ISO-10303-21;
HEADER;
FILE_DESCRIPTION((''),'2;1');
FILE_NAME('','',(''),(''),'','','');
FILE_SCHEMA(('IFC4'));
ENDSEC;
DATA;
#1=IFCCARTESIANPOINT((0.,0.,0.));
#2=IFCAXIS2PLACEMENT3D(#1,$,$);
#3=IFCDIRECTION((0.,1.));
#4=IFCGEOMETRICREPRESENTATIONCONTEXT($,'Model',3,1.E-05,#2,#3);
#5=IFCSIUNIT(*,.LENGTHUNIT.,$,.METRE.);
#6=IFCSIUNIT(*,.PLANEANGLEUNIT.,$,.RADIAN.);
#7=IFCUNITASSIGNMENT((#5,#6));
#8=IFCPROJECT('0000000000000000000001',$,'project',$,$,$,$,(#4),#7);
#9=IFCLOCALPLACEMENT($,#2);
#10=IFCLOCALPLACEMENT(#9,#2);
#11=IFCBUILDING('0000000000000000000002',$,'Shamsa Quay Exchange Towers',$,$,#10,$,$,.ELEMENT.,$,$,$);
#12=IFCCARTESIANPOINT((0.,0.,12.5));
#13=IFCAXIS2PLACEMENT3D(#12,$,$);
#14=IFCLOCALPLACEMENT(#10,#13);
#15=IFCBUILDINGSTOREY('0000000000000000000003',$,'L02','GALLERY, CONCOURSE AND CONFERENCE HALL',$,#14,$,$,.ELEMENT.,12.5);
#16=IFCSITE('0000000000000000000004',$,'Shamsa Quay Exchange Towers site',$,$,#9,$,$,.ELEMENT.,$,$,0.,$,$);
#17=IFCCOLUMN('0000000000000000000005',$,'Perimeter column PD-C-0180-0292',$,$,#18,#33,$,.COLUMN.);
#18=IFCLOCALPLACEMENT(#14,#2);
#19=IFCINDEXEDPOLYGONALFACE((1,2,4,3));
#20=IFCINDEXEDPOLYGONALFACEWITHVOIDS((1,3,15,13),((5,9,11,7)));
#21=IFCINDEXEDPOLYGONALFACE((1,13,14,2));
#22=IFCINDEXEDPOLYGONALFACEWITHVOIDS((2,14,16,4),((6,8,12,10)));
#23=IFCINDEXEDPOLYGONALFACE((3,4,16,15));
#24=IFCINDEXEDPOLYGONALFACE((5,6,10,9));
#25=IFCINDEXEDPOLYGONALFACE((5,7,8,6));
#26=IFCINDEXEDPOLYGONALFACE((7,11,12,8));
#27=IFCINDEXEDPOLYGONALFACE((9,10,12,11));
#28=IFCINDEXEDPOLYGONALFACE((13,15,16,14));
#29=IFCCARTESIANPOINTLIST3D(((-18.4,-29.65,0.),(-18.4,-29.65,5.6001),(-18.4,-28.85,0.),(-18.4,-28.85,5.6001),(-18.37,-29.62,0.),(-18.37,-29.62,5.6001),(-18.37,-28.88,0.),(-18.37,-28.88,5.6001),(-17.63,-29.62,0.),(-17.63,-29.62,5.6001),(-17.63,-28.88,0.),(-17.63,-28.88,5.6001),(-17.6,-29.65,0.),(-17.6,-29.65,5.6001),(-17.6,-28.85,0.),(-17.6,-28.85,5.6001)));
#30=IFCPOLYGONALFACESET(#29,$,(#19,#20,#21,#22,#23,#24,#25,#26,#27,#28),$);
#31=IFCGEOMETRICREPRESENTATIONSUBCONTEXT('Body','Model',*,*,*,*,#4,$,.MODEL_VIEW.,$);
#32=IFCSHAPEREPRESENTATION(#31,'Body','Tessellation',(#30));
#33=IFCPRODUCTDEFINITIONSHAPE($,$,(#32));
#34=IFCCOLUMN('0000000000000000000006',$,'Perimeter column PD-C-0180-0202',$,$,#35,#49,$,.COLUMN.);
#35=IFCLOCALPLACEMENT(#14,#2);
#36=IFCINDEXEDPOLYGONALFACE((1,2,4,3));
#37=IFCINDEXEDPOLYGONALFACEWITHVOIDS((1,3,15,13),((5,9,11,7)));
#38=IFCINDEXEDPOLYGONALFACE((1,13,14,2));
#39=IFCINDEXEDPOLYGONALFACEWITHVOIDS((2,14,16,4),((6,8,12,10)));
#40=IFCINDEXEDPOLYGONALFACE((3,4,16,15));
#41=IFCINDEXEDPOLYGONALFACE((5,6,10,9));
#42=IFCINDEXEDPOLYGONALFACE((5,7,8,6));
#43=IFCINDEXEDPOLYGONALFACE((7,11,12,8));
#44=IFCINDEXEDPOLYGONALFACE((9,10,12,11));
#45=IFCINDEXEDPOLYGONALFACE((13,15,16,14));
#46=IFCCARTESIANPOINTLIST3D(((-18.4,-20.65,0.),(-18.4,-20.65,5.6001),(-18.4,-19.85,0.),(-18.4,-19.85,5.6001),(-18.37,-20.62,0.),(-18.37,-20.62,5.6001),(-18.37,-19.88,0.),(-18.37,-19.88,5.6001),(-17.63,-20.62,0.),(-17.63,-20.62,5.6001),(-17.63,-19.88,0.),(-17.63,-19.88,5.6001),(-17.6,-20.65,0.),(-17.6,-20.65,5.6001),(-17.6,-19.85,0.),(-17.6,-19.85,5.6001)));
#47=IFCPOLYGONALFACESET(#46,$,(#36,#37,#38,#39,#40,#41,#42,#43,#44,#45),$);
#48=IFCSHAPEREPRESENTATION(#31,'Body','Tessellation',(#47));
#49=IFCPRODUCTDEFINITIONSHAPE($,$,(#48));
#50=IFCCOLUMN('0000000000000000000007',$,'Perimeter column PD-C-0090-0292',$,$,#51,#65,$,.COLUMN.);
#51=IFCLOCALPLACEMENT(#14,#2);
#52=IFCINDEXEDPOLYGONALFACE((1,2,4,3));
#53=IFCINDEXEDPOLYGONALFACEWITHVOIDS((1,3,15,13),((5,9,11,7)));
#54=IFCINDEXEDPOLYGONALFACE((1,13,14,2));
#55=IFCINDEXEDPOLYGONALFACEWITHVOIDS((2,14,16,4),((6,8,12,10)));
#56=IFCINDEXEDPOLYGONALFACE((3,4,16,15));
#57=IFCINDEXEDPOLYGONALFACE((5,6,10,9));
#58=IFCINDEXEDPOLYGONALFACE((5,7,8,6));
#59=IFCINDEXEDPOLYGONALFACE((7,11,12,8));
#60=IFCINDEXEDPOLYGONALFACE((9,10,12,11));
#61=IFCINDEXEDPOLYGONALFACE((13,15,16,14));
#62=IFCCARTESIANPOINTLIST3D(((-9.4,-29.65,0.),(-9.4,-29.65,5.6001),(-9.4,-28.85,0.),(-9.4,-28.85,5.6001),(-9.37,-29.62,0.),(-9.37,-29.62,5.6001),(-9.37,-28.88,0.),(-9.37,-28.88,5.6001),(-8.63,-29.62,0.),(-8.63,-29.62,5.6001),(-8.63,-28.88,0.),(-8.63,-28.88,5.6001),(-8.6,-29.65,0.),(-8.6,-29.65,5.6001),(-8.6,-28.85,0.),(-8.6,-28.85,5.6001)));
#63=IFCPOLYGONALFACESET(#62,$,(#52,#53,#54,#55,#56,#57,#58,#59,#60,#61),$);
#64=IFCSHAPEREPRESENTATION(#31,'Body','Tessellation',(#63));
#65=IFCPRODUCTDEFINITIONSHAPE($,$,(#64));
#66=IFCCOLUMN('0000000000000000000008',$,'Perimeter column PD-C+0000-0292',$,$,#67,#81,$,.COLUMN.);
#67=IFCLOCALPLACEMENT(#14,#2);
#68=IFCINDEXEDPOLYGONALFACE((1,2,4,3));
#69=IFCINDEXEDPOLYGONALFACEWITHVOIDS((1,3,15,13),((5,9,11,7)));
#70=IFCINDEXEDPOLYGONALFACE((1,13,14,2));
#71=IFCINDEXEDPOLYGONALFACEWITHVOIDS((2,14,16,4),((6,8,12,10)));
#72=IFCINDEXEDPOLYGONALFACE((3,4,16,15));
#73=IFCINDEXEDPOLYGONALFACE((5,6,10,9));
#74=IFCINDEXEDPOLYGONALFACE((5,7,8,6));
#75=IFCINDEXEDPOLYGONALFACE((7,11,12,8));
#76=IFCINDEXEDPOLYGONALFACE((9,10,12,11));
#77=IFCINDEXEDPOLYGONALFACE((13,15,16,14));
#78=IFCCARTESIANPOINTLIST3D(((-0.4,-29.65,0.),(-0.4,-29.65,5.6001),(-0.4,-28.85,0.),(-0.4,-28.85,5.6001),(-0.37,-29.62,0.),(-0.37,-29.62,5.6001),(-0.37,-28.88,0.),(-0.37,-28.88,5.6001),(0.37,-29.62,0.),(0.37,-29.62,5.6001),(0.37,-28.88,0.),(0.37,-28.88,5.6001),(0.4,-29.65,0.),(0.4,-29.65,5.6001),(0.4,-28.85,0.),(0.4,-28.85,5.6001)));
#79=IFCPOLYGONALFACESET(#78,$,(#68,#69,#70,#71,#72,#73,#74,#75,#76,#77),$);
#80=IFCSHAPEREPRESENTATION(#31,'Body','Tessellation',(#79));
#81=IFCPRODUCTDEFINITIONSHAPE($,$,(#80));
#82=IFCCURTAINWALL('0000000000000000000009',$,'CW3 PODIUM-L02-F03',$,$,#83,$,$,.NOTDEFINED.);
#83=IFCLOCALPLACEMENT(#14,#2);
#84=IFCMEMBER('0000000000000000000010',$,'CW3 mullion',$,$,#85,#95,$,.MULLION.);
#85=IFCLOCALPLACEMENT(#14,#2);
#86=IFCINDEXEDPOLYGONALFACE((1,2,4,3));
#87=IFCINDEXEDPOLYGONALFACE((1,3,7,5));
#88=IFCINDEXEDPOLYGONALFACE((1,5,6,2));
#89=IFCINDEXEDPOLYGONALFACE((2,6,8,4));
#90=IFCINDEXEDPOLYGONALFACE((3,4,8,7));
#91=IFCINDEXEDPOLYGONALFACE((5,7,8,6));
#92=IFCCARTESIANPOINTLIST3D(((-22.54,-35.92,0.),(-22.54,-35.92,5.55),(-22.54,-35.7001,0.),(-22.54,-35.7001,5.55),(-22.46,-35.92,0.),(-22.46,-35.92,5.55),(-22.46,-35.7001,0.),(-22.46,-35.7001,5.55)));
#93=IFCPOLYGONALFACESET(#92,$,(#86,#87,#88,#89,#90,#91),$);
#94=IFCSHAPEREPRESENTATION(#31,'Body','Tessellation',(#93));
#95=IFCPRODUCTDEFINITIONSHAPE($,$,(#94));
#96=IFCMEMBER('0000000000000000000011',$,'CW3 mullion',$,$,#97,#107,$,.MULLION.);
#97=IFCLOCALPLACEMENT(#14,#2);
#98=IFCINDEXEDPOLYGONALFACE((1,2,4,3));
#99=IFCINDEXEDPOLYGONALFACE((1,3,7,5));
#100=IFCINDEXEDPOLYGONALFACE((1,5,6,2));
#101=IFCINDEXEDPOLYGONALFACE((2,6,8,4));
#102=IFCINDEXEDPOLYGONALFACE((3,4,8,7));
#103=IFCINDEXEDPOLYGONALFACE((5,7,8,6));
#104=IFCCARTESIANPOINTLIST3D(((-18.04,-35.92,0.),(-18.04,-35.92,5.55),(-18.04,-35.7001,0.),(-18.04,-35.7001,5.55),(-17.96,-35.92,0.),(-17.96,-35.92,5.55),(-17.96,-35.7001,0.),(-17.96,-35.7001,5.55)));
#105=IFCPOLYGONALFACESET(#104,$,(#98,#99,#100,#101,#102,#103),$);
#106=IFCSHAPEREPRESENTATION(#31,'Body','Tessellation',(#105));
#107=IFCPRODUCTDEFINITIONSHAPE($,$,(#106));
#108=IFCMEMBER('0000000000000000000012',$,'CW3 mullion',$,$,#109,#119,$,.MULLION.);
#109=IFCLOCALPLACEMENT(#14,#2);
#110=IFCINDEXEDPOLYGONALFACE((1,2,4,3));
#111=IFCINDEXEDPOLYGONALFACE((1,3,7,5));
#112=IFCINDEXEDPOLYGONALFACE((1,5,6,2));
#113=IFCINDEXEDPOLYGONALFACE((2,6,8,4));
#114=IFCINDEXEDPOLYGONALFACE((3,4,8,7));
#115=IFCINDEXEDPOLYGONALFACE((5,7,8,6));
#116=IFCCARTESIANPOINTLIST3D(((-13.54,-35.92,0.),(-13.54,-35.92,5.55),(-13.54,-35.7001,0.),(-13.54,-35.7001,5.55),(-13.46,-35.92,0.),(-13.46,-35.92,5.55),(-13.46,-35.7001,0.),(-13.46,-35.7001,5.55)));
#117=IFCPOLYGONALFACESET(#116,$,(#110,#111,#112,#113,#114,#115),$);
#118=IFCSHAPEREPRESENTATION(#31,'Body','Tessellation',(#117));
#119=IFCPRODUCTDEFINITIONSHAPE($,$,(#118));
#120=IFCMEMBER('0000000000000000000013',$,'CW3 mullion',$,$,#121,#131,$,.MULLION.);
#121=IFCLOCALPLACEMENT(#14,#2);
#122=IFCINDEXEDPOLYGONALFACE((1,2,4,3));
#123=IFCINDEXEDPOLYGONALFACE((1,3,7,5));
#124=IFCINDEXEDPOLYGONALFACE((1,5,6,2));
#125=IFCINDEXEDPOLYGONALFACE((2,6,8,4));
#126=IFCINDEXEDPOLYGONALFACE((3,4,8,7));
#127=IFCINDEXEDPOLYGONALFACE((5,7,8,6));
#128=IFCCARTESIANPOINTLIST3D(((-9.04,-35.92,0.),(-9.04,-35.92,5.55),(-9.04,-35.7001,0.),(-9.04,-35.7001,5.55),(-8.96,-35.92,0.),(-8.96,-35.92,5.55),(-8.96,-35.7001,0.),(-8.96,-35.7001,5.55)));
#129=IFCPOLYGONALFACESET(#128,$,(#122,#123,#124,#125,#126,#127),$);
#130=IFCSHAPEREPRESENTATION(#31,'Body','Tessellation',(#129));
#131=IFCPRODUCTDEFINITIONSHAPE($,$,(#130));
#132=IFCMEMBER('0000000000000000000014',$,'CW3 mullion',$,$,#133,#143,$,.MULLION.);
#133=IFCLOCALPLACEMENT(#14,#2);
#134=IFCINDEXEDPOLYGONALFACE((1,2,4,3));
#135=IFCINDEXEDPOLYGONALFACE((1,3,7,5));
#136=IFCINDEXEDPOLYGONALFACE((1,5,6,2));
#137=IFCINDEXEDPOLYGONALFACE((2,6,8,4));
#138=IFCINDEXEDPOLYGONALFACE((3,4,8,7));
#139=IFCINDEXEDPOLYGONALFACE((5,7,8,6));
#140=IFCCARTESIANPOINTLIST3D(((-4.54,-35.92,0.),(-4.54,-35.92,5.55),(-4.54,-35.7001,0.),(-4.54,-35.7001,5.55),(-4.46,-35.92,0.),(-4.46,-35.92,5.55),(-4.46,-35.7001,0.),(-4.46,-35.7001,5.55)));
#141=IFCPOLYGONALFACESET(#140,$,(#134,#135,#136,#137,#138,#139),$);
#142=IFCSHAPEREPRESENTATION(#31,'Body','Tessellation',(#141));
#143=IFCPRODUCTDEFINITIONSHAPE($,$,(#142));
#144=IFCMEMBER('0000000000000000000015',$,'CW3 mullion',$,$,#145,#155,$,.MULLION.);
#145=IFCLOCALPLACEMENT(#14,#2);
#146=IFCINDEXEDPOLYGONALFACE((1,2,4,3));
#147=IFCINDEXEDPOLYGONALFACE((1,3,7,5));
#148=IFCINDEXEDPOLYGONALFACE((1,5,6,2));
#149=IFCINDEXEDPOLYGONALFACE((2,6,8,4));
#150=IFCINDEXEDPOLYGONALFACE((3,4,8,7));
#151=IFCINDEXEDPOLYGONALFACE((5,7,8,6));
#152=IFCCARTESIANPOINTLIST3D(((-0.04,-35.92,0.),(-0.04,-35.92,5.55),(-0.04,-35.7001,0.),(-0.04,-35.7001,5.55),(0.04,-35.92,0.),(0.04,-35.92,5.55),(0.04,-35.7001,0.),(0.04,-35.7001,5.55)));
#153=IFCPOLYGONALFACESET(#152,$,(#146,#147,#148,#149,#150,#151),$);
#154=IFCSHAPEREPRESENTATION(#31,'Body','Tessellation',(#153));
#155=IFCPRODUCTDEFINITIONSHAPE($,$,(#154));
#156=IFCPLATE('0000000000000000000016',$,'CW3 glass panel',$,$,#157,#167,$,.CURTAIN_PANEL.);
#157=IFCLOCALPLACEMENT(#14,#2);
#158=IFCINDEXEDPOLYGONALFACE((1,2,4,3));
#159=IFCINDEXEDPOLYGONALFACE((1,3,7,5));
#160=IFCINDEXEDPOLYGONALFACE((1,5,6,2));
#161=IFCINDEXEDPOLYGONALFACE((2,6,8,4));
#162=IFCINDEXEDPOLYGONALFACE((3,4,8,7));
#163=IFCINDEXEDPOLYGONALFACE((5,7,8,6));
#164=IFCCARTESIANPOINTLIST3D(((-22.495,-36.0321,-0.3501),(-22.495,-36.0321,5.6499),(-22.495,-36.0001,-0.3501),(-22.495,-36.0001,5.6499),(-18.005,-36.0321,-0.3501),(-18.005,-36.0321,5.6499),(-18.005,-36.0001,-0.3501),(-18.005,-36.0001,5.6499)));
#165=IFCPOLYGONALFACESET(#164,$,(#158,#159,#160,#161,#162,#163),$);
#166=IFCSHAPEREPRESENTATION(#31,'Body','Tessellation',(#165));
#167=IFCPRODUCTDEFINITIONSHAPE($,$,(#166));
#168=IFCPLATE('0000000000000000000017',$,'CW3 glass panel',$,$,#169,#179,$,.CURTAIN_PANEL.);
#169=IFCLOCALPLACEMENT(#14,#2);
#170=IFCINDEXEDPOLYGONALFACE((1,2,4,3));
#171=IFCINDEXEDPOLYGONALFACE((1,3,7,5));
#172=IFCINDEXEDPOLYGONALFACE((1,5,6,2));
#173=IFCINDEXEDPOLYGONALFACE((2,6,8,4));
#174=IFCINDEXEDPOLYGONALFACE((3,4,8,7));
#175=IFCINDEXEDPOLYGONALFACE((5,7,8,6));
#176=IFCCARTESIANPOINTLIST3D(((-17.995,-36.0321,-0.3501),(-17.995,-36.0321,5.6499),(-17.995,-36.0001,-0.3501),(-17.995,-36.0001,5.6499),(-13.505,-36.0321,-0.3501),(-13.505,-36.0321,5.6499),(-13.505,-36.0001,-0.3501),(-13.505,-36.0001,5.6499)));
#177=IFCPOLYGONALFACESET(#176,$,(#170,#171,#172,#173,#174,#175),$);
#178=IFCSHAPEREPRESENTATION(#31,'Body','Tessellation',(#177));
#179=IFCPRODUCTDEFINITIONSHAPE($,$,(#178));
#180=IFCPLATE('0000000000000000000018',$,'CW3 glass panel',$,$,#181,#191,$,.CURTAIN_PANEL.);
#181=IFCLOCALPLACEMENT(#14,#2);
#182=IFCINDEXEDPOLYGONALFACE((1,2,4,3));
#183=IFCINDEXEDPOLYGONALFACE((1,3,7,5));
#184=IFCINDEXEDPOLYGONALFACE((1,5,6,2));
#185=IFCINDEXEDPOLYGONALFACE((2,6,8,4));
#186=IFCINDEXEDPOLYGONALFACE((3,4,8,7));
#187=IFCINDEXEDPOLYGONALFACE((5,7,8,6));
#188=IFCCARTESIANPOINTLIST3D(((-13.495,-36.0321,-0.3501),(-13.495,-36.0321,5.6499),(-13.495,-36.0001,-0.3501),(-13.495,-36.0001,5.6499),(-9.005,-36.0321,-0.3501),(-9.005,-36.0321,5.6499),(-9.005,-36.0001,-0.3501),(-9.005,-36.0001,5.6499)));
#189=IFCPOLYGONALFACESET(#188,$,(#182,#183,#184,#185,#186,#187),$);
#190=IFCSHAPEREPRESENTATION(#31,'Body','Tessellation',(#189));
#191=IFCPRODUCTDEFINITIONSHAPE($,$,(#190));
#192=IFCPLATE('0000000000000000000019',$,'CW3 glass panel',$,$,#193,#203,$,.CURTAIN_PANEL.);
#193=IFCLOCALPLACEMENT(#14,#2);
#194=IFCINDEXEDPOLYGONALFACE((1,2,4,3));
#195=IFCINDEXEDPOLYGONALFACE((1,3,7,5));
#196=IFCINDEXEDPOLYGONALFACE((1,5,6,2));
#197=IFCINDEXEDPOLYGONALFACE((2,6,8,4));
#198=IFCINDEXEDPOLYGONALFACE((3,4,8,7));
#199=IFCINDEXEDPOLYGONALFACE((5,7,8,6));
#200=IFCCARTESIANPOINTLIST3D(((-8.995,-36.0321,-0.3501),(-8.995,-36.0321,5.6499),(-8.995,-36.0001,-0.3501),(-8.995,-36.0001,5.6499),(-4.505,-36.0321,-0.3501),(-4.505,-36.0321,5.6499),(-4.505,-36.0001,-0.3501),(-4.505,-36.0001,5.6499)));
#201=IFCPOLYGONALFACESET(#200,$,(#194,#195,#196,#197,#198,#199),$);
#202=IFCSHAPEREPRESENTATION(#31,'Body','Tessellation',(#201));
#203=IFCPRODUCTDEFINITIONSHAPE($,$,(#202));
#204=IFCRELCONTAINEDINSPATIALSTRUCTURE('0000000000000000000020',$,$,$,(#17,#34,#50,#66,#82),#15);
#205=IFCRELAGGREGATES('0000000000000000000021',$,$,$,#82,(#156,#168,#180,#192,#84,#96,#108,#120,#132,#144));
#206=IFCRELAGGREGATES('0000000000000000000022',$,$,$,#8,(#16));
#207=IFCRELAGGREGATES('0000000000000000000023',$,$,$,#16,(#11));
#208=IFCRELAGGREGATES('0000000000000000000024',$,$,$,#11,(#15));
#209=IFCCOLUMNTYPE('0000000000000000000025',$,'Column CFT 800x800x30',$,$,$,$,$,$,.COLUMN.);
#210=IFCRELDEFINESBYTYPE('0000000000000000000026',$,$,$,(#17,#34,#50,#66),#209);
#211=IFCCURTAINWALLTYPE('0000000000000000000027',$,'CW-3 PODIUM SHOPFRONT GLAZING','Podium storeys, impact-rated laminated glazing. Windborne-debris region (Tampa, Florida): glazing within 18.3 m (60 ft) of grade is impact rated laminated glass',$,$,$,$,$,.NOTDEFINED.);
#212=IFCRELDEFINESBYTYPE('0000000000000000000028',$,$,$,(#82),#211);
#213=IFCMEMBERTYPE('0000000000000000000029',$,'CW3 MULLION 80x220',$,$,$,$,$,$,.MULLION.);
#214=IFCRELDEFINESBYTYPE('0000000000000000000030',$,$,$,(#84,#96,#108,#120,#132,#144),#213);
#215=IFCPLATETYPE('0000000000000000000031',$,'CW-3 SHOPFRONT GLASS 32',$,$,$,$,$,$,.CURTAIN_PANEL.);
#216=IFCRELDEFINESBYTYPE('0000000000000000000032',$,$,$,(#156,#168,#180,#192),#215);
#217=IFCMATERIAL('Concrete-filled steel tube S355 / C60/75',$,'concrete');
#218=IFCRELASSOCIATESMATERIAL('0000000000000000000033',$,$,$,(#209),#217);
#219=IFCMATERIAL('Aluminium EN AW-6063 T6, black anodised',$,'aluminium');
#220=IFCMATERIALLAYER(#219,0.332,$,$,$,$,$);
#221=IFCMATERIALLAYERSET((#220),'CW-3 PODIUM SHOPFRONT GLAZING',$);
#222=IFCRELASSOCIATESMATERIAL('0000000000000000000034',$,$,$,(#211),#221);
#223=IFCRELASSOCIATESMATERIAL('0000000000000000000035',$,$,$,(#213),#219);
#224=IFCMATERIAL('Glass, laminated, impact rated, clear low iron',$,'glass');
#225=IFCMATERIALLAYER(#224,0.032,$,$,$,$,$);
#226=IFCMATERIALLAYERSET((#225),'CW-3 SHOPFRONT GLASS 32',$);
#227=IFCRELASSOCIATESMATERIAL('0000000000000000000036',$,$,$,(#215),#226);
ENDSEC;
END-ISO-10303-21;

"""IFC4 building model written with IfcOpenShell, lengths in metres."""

from ifc_helpers import new_model, si_unit, direction, frame, origin, origin_2d, place, context, subcontext, project, spatial, rectangle, hollow_rectangle, extrude, material, layer, layer_set, material_profile, profile_set, type_object, element, aggregate, save


model = new_model("IFC4")

# Units and contexts
model_context = context("Model", 3, precision=1e-05, world=origin(), true_north=direction((0.0, 1.0)))
body_context = subcontext(model_context, "Body", "Model", "MODEL_VIEW")
ifc_project = project(units=[si_unit("LENGTHUNIT", "METRE"), si_unit("PLANEANGLEUNIT", "RADIAN")], contexts=[model_context])

# Site, building, storey
site_placement = place(None, origin())
site = spatial("IfcSite", under=ifc_project, at=site_placement, Name="Shamsa Quay Exchange Towers site", CompositionType="ELEMENT", RefElevation=0.0)
building_placement = place(site_placement, origin())
building = spatial("IfcBuilding", under=site, at=building_placement, Name="Shamsa Quay Exchange Towers", CompositionType="ELEMENT")
storey_placement = place(building_placement, frame((0.0, 0.0, 12.5)))
storey = spatial("IfcBuildingStorey", under=building, at=storey_placement, Name="L02", Description="GALLERY, CONCOURSE AND CONFERENCE HALL", CompositionType="ELEMENT", Elevation=12.5)

# Columns
ifc_material_1 = material(Name="Concrete-filled steel tube S355 / C60/75", Category="concrete")
ifc_material_profile_1 = material_profile(ifc_material_1, hollow_rectangle(XDim=0.8, YDim=0.8, WallThickness=0.03, at=origin_2d()), Name="CFT 800x800x30")
ifc_profile_set_1 = profile_set([ifc_material_profile_1], Name="Concrete-filled steel tube S355 / C60/75")
column_type = type_object("IfcColumnType", Name="Column CFT 800x800x30", PredefinedType="COLUMN", material=ifc_profile_set_1)
for number, where, name in (
    (1, (-18.0, -29.25, 0.0), "Perimeter column PD-C-0180-0292"),
    (2, (-18.0, -20.25, 0.0), "Perimeter column PD-C-0180-0202"),
    (3, (-9.0, -29.25, 0.0), "Perimeter column PD-C-0090-0292"),
    (4, (0.0, -29.25, 0.0), "Perimeter column PD-C+0000-0292"),
):
    element("IfcColumn", number, at=place(storey_placement, frame(where)), inside=storey, type_object=column_type, Name=name, PredefinedType="COLUMN", context=body_context, shape_type="SweptSolid", body=[
        extrude(hollow_rectangle(XDim=0.8, YDim=0.8, WallThickness=0.03, at=origin_2d()), origin(), (0.0, 0.0, 1.0), 5.6001),
    ])

# Curtain wall, members, plates
ifc_material_2 = material(Name="Aluminium EN AW-6063 T6, black anodised", Category="aluminium")
ifc_layer_1 = layer(ifc_material_2, 0.332)
ifc_layer_set_1 = layer_set([ifc_layer_1], Name="CW-3 PODIUM SHOPFRONT GLAZING")
curtain_wall_type = type_object("IfcCurtainWallType", Name="CW-3 PODIUM SHOPFRONT GLAZING", Description="Podium storeys, impact-rated laminated glazing. Windborne-debris region (Tampa, Florida): glazing within 18.3 m (60 ft) of grade is impact rated laminated glass", PredefinedType="NOTDEFINED", material=ifc_layer_set_1)
curtain_wall_placement = place(storey_placement, origin())
curtain_wall = element("IfcCurtainWall", 5, at=curtain_wall_placement, inside=storey, type_object=curtain_wall_type, Name="CW3 PODIUM-L02-F03", PredefinedType="NOTDEFINED")
ifc_material_profile_2 = material_profile(ifc_material_2, rectangle(XDim=0.22, YDim=0.0801, at=origin_2d()), Name="MU80x220")
ifc_profile_set_2 = profile_set([ifc_material_profile_2], Name="Aluminium EN AW-6063 T6, black anodised")
member_type = type_object("IfcMemberType", Name="CW3 MULLION 80x220", PredefinedType="MULLION", material=ifc_profile_set_2)
member_1_placement = place(storey_placement, frame((-22.5, -35.8101, 0.0), z_axis=(0.0, 0.0, 1.0), x_axis=(0.0, 1.0, 0.0)))
member_1 = element("IfcMember", 6, at=member_1_placement, type_object=member_type, Name="CW3 mullion", PredefinedType="MULLION", context=body_context, shape_type="SweptSolid", body=[
    extrude(rectangle(XDim=0.22, YDim=0.0801, at=origin_2d()), origin(), (0.0, 0.0, 1.0), 5.55),
])
member_2_placement = place(storey_placement, frame((-18.0, -35.8101, 0.0), z_axis=(0.0, 0.0, 1.0), x_axis=(0.0, 1.0, 0.0)))
member_2 = element("IfcMember", 7, at=member_2_placement, type_object=member_type, Name="CW3 mullion", PredefinedType="MULLION", context=body_context, shape_type="SweptSolid", body=[
    extrude(rectangle(XDim=0.22, YDim=0.0801, at=origin_2d()), origin(), (0.0, 0.0, 1.0), 5.55),
])
member_3_placement = place(storey_placement, frame((-13.5, -35.8101, 0.0), z_axis=(0.0, 0.0, 1.0), x_axis=(0.0, 1.0, 0.0)))
member_3 = element("IfcMember", 8, at=member_3_placement, type_object=member_type, Name="CW3 mullion", PredefinedType="MULLION", context=body_context, shape_type="SweptSolid", body=[
    extrude(rectangle(XDim=0.22, YDim=0.0801, at=origin_2d()), origin(), (0.0, 0.0, 1.0), 5.55),
])
member_4_placement = place(storey_placement, frame((-9.0, -35.8101, 0.0), z_axis=(0.0, 0.0, 1.0), x_axis=(0.0, 1.0, 0.0)))
member_4 = element("IfcMember", 9, at=member_4_placement, type_object=member_type, Name="CW3 mullion", PredefinedType="MULLION", context=body_context, shape_type="SweptSolid", body=[
    extrude(rectangle(XDim=0.22, YDim=0.0801, at=origin_2d()), origin(), (0.0, 0.0, 1.0), 5.55),
])
member_5_placement = place(storey_placement, frame((-4.5, -35.8101, 0.0), z_axis=(0.0, 0.0, 1.0), x_axis=(0.0, 1.0, 0.0)))
member_5 = element("IfcMember", 10, at=member_5_placement, type_object=member_type, Name="CW3 mullion", PredefinedType="MULLION", context=body_context, shape_type="SweptSolid", body=[
    extrude(rectangle(XDim=0.22, YDim=0.0801, at=origin_2d()), origin(), (0.0, 0.0, 1.0), 5.55),
])
member_6_placement = place(storey_placement, frame((0.0, -35.8101, 0.0), z_axis=(0.0, 0.0, 1.0), x_axis=(0.0, 1.0, 0.0)))
member_6 = element("IfcMember", 11, at=member_6_placement, type_object=member_type, Name="CW3 mullion", PredefinedType="MULLION", context=body_context, shape_type="SweptSolid", body=[
    extrude(rectangle(XDim=0.22, YDim=0.0801, at=origin_2d()), origin(), (0.0, 0.0, 1.0), 5.55),
])
ifc_material_3 = material(Name="Glass, laminated, impact rated, clear low iron", Category="glass")
ifc_layer_2 = layer(ifc_material_3, 0.032)
ifc_layer_set_2 = layer_set([ifc_layer_2], Name="CW-3 SHOPFRONT GLASS 32")
plate_type = type_object("IfcPlateType", Name="CW-3 SHOPFRONT GLASS 32", PredefinedType="CURTAIN_PANEL", material=ifc_layer_set_2)
plate_1_placement = place(storey_placement, frame((-20.25, -36.0161, -0.3501)))
plate_1 = element("IfcPlate", 12, at=plate_1_placement, type_object=plate_type, Name="CW3 glass panel", PredefinedType="CURTAIN_PANEL", context=body_context, shape_type="SweptSolid", body=[
    extrude(rectangle(XDim=4.49, YDim=0.032, at=origin_2d()), origin(), (0.0, 0.0, 1.0), 6.0),
])
plate_2_placement = place(storey_placement, frame((-15.75, -36.0161, -0.3501)))
plate_2 = element("IfcPlate", 13, at=plate_2_placement, type_object=plate_type, Name="CW3 glass panel", PredefinedType="CURTAIN_PANEL", context=body_context, shape_type="SweptSolid", body=[
    extrude(rectangle(XDim=4.49, YDim=0.032, at=origin_2d()), origin(), (0.0, 0.0, 1.0), 6.0),
])
plate_3_placement = place(storey_placement, frame((-11.25, -36.0161, -0.3501)))
plate_3 = element("IfcPlate", 14, at=plate_3_placement, type_object=plate_type, Name="CW3 glass panel", PredefinedType="CURTAIN_PANEL", context=body_context, shape_type="SweptSolid", body=[
    extrude(rectangle(XDim=4.49, YDim=0.032, at=origin_2d()), origin(), (0.0, 0.0, 1.0), 6.0),
])
plate_4_placement = place(storey_placement, frame((-6.75, -36.0161, -0.3501)))
plate_4 = element("IfcPlate", 15, at=plate_4_placement, type_object=plate_type, Name="CW3 glass panel", PredefinedType="CURTAIN_PANEL", context=body_context, shape_type="SweptSolid", body=[
    extrude(rectangle(XDim=4.49, YDim=0.032, at=origin_2d()), origin(), (0.0, 0.0, 1.0), 6.0),
])
aggregate(curtain_wall, [plate_1, plate_2, plate_3, plate_4, member_1, member_2, member_3, member_4, member_5, member_6])

save(model, "model.ifc")
